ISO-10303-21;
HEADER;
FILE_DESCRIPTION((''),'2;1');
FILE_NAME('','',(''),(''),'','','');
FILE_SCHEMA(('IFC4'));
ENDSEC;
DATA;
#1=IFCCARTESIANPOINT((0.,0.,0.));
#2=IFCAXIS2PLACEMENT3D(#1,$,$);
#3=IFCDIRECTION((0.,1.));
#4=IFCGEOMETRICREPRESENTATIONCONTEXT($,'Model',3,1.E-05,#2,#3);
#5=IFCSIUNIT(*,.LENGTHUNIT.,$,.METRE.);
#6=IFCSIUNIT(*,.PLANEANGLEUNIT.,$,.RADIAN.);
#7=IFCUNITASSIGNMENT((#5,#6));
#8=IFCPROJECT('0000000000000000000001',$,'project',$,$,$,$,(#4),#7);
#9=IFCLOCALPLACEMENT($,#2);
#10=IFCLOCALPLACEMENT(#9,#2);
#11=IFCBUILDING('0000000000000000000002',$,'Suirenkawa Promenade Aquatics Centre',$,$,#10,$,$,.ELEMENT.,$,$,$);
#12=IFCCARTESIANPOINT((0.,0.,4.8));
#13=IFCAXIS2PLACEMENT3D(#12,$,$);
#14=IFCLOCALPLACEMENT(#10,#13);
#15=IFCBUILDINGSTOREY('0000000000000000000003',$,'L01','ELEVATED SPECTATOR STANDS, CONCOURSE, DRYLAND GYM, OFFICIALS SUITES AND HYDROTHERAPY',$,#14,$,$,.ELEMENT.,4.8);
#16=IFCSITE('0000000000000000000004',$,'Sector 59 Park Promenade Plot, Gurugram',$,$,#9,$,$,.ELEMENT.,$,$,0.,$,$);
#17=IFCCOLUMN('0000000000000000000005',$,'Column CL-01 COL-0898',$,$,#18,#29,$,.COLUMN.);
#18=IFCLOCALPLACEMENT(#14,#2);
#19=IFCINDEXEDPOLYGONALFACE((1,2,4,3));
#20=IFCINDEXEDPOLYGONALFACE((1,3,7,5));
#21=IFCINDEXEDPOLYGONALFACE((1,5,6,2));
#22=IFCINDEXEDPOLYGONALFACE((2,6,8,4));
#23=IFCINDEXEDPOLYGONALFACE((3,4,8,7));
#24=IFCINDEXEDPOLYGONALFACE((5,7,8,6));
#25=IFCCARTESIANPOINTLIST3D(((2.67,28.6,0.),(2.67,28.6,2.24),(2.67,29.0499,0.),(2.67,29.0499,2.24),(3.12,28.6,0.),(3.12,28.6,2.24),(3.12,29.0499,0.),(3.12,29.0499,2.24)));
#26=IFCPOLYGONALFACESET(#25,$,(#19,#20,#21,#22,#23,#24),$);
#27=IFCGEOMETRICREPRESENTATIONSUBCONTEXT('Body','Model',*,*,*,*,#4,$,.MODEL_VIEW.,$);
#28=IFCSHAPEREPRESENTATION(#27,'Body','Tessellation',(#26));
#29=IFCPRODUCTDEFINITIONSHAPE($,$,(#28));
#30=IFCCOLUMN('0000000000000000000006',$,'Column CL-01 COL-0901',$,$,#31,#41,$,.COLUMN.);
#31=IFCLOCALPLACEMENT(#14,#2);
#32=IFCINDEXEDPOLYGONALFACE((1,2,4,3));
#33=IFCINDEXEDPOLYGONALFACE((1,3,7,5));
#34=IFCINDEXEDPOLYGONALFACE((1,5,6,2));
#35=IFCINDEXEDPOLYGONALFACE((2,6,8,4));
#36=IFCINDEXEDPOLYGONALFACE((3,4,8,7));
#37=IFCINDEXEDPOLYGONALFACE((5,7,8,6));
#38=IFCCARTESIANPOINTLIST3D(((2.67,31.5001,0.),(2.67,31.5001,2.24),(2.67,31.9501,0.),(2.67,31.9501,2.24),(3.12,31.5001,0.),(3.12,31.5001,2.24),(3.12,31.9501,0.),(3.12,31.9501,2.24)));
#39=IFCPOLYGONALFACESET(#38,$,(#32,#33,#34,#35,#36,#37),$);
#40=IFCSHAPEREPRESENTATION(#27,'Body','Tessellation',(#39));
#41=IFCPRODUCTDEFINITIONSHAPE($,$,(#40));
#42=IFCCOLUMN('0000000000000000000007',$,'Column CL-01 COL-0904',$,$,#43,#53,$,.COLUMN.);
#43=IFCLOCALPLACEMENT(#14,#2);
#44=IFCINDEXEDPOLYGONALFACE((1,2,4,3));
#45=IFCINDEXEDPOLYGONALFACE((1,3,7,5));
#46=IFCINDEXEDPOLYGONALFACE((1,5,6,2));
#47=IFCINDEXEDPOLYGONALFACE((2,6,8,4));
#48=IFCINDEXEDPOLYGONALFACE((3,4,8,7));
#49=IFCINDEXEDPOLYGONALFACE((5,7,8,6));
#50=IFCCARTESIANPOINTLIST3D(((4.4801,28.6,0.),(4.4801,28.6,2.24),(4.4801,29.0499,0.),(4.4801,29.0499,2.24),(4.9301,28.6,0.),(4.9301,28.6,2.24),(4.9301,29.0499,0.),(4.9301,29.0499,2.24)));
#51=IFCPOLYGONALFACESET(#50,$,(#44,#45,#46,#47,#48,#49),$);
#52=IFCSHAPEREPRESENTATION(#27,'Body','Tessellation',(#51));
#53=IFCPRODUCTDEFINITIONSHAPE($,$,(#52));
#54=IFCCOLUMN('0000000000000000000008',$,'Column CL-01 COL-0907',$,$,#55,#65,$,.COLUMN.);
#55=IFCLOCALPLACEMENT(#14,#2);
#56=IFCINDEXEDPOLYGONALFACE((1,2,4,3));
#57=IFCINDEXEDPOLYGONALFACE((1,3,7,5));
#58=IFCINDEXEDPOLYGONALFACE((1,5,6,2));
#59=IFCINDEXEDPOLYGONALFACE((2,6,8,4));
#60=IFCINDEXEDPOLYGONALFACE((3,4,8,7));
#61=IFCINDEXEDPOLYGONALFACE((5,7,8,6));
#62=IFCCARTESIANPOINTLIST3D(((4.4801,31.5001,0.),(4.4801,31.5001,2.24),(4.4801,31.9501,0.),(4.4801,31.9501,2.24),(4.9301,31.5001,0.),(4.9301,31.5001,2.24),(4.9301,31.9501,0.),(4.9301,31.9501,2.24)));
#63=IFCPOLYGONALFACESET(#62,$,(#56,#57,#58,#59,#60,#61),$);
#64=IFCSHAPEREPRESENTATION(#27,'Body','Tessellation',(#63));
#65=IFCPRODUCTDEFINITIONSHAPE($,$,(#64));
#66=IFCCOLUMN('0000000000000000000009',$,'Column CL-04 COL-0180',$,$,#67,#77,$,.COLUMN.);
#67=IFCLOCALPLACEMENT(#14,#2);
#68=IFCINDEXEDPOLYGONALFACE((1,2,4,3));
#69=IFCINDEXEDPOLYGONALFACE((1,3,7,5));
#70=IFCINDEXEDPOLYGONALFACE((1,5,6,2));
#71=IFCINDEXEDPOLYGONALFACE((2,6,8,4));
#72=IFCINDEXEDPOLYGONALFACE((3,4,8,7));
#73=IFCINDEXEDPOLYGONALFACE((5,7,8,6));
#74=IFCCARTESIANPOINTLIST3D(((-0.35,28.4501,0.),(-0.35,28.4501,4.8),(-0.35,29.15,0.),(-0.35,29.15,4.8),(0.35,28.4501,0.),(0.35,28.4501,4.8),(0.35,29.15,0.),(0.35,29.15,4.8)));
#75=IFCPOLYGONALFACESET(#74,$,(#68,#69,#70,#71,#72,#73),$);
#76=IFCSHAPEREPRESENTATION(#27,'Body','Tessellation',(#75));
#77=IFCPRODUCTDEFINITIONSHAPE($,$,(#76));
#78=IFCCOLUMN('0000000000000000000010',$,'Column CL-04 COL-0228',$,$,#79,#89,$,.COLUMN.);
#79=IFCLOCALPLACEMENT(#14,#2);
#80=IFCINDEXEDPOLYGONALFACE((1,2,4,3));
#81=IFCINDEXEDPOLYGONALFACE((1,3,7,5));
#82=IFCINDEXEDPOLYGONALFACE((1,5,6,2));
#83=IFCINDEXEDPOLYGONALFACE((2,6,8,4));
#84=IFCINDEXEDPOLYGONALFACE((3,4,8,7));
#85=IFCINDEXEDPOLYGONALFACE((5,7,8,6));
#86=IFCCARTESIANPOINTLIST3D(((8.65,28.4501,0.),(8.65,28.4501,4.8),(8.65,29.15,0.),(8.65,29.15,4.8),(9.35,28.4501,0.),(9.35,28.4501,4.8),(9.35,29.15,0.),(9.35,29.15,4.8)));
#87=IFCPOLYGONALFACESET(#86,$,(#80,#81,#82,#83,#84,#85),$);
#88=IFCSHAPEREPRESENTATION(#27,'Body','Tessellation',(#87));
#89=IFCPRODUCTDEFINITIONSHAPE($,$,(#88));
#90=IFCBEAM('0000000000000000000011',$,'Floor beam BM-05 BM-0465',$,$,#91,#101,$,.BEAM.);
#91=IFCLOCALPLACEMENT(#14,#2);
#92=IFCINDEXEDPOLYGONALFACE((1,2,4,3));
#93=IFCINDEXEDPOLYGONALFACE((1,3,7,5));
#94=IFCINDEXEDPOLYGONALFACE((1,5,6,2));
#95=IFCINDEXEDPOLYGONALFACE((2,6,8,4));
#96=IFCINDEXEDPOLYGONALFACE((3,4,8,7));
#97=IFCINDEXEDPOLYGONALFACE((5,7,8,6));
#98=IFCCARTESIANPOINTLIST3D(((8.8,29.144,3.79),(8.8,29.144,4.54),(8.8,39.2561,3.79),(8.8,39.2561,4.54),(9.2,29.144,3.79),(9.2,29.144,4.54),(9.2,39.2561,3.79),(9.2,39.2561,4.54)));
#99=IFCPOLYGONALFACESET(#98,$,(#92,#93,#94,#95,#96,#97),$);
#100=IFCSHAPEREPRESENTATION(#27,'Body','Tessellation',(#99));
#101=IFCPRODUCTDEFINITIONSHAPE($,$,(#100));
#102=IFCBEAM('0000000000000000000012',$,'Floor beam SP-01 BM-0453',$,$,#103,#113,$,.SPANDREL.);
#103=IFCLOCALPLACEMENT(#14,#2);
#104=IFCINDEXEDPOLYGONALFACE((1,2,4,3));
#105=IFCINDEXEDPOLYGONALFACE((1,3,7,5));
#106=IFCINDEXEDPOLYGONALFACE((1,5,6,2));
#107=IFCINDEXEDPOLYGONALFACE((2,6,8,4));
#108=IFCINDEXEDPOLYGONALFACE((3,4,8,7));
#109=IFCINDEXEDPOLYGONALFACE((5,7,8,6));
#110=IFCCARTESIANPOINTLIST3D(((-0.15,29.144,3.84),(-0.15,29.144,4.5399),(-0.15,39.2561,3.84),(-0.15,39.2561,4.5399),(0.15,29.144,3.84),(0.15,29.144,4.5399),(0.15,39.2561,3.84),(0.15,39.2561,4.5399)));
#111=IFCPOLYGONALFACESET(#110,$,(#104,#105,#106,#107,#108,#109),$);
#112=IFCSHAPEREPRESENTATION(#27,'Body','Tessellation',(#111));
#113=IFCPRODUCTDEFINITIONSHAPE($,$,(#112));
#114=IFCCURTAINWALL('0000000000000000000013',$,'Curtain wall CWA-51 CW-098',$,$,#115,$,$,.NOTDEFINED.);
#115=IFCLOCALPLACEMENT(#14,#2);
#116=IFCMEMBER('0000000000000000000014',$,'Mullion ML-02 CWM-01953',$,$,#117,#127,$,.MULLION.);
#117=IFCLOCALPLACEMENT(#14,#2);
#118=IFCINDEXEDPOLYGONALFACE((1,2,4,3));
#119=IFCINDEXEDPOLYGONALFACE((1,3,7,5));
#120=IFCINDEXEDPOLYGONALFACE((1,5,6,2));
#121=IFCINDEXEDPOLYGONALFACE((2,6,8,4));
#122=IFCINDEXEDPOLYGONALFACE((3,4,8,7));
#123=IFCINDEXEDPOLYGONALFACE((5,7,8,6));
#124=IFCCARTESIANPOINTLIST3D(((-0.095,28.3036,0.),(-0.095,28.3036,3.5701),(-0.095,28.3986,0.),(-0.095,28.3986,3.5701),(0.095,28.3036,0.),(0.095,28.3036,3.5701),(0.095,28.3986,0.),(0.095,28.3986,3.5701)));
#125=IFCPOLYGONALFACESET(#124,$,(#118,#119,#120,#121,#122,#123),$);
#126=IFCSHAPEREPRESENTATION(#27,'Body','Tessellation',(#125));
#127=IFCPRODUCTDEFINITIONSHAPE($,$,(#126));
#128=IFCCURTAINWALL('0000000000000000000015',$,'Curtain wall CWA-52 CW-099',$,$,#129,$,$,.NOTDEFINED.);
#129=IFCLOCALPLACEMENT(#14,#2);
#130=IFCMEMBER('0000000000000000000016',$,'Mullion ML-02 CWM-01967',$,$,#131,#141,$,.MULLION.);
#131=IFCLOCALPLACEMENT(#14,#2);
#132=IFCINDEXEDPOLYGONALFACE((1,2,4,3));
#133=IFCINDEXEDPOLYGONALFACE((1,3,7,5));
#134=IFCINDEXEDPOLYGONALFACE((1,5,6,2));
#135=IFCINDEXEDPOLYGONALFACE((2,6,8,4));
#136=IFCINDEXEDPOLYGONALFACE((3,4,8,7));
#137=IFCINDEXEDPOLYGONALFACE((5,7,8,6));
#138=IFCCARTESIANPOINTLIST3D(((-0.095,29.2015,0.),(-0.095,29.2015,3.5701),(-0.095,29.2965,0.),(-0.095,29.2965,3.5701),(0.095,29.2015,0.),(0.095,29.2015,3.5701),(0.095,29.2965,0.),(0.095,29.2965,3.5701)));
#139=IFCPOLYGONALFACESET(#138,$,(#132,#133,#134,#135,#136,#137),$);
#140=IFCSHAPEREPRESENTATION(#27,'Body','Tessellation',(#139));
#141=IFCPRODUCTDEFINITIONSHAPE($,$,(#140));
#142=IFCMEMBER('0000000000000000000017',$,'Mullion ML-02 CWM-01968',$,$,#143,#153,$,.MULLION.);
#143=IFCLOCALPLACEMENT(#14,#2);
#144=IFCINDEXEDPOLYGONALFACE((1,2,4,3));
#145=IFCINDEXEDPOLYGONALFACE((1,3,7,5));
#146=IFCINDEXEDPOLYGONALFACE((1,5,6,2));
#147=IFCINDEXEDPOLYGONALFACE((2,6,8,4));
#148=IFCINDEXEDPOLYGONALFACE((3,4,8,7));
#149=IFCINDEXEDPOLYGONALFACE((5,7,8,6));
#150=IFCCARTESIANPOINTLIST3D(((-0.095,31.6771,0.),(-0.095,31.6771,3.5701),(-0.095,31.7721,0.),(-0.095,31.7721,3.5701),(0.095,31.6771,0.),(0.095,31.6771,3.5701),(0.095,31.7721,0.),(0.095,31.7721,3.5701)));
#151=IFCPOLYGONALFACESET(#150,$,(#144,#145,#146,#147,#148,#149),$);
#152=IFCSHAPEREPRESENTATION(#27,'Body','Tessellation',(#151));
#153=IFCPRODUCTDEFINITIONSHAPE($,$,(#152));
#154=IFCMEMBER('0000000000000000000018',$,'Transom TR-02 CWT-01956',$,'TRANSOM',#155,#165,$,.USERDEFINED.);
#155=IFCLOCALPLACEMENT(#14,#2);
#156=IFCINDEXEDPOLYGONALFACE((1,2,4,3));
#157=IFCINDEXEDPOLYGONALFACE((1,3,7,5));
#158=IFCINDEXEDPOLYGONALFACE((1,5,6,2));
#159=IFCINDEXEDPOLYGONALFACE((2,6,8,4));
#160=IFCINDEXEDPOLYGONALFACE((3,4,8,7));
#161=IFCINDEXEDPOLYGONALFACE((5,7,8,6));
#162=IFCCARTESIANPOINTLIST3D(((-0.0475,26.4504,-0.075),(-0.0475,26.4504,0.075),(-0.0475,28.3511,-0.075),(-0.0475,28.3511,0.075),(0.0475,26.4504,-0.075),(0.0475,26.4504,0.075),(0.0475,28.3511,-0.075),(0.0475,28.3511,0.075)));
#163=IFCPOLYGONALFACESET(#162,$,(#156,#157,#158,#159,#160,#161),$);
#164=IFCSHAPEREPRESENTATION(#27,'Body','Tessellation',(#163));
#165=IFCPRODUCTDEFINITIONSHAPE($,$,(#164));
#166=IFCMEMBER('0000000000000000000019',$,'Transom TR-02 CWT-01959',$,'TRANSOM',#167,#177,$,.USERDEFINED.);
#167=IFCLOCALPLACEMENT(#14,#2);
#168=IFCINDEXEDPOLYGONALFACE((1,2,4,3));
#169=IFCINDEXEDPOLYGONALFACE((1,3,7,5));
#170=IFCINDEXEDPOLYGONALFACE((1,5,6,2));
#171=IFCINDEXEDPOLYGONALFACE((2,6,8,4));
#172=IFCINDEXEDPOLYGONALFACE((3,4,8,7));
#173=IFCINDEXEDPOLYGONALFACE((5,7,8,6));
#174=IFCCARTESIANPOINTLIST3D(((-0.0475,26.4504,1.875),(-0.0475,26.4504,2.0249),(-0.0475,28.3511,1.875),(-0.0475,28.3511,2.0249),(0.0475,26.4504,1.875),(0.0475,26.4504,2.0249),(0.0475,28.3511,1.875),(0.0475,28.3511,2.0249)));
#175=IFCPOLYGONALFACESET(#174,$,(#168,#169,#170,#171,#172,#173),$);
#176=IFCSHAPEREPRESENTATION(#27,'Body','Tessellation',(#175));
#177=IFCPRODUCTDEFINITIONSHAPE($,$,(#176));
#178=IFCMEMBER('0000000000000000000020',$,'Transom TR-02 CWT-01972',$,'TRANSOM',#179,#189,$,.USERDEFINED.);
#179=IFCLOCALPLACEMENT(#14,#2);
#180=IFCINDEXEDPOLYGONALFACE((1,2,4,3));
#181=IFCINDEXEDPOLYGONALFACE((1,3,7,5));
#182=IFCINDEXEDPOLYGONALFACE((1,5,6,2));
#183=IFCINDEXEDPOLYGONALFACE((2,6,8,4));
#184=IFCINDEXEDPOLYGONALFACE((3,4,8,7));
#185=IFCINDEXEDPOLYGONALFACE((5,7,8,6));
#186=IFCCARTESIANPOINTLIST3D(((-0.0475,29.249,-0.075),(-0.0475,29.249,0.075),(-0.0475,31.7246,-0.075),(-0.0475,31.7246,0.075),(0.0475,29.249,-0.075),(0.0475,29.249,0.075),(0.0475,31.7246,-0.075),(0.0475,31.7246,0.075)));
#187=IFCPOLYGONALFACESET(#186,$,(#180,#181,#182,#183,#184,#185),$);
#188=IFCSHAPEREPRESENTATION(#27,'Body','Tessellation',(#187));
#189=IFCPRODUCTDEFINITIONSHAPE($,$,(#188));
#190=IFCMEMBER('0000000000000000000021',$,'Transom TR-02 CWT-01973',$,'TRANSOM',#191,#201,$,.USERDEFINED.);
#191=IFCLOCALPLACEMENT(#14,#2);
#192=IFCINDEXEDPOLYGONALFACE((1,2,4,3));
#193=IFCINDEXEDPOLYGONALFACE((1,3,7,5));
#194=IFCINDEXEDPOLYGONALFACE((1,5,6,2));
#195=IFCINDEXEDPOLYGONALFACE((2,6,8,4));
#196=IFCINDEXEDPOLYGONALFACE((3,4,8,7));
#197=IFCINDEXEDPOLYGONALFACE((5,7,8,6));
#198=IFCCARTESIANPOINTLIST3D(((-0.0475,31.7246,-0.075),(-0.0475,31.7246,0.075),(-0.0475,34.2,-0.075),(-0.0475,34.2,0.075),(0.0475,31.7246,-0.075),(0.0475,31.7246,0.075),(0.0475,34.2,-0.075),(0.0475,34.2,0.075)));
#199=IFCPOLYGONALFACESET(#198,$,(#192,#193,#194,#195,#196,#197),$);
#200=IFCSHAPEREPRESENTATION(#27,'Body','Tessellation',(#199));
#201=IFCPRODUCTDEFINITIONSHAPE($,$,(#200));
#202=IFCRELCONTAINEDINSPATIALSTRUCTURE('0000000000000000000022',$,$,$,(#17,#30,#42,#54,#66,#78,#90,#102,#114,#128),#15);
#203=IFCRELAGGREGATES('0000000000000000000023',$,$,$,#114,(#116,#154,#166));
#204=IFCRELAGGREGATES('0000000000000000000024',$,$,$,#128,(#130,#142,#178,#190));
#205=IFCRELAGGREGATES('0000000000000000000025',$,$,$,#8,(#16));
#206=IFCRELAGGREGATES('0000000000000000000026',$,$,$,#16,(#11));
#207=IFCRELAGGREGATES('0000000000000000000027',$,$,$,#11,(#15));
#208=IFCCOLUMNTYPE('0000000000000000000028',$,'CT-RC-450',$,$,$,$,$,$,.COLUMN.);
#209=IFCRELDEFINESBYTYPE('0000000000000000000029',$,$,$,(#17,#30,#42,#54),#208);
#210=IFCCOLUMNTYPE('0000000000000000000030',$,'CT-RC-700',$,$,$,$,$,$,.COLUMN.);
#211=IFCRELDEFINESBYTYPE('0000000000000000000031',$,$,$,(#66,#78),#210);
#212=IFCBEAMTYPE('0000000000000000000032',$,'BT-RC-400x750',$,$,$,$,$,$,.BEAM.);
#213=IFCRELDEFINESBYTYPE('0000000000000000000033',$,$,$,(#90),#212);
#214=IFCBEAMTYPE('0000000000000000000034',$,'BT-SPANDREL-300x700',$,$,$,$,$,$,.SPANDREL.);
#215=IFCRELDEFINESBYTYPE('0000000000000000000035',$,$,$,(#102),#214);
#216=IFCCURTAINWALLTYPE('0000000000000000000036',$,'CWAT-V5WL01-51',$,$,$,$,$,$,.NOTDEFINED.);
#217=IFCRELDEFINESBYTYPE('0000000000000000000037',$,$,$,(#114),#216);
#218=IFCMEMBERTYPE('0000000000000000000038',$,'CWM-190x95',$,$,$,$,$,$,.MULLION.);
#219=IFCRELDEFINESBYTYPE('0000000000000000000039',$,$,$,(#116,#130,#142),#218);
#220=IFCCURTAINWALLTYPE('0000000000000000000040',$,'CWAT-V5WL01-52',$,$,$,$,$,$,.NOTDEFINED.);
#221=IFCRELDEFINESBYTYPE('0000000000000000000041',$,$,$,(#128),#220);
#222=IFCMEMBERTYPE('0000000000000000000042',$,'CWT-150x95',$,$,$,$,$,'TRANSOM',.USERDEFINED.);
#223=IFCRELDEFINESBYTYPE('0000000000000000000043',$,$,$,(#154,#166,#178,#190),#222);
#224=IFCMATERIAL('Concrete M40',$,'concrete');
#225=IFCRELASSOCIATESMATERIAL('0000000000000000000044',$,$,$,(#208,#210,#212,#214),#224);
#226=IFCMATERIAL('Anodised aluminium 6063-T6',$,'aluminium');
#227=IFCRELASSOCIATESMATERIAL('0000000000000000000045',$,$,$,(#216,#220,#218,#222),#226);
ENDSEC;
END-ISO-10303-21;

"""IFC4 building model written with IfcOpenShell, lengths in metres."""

from ifc_helpers import new_model, si_unit, direction, frame, origin, origin_2d, place, context, subcontext, project, spatial, rectangle, extrude, material, material_profile, profile_set, type_object, element, aggregate, save


model = new_model("IFC4")

# Units and contexts
model_context = context("Model", 3, precision=1e-05, world=origin(), true_north=direction((0.0, 1.0)))
body_context = subcontext(model_context, "Body", "Model", "MODEL_VIEW")
ifc_project = project(units=[si_unit("LENGTHUNIT", "METRE"), si_unit("PLANEANGLEUNIT", "RADIAN")], contexts=[model_context])

# Site, building, storey
site_placement = place(None, origin())
site = spatial("IfcSite", under=ifc_project, at=site_placement, Name="Sector 59 Park Promenade Plot, Gurugram", CompositionType="ELEMENT", RefElevation=0.0)
building_placement = place(site_placement, origin())
building = spatial("IfcBuilding", under=site, at=building_placement, Name="Suirenkawa Promenade Aquatics Centre", CompositionType="ELEMENT")
storey_placement = place(building_placement, frame((0.0, 0.0, 4.8)))
storey = spatial("IfcBuildingStorey", under=building, at=storey_placement, Name="L01", Description="ELEVATED SPECTATOR STANDS, CONCOURSE, DRYLAND GYM, OFFICIALS SUITES AND HYDROTHERAPY", CompositionType="ELEMENT", Elevation=4.8)

# Columns
ifc_material_1 = material(Name="Concrete M40", Category="concrete")
ifc_material_profile_1 = material_profile(ifc_material_1, rectangle(XDim=0.45, YDim=0.45, at=origin_2d()), Name="RC COL 450x450", Category="concrete")
ifc_profile_set_1 = profile_set([ifc_material_profile_1], Name="Concrete M40")
column_type_1 = type_object("IfcColumnType", Name="CT-RC-450", PredefinedType="COLUMN", material=ifc_profile_set_1)
for number, where, z_axis, x_axis, name in (
    (1, (2.895, 28.825, 0.0), (0.0, 0.0, 1.0), (1.0, 0.0, 0.0), "Column CL-01 COL-0898"),
    (2, (2.895, 31.7251, 0.0), (0.0, 0.0, 1.0), (1.0, 0.0, 0.0), "Column CL-01 COL-0901"),
    (3, (4.7051, 28.825, 0.0), (0.0, 0.0, 1.0), (1.0, 0.0, 0.0), "Column CL-01 COL-0904"),
    (4, (4.7051, 31.7251, 0.0), (0.0, 0.0, 1.0), (1.0, 0.0, 0.0), "Column CL-01 COL-0907"),
):
    element("IfcColumn", number, at=place(storey_placement, frame(where, z_axis=z_axis, x_axis=x_axis)), inside=storey, type_object=column_type_1, Name=name, PredefinedType="COLUMN", context=body_context, shape_type="SweptSolid", body=[
        extrude(rectangle(XDim=0.45, YDim=0.45, at=origin_2d()), origin(), (0.0, 0.0, 1.0), 2.24),
    ])
ifc_material_profile_2 = material_profile(ifc_material_1, rectangle(XDim=0.7, YDim=0.7, at=origin_2d()), Name="RC COL 700x700", Category="concrete")
ifc_profile_set_2 = profile_set([ifc_material_profile_2], Name="Concrete M40")
column_type_2 = type_object("IfcColumnType", Name="CT-RC-700", PredefinedType="COLUMN", material=ifc_profile_set_2)
for number, where, z_axis, x_axis, name in (
    (5, (0.0, 28.8, 0.0), (0.0, 0.0, 1.0), (1.0, 0.0, 0.0), "Column CL-04 COL-0180"),
    (6, (9.0, 28.8, 0.0), (0.0, 0.0, 1.0), (1.0, 0.0, 0.0), "Column CL-04 COL-0228"),
):
    element("IfcColumn", number, at=place(storey_placement, frame(where, z_axis=z_axis, x_axis=x_axis)), inside=storey, type_object=column_type_2, Name=name, PredefinedType="COLUMN", context=body_context, shape_type="SweptSolid", body=[
        extrude(rectangle(XDim=0.7, YDim=0.7, at=origin_2d()), origin(), (0.0, 0.0, 1.0), 4.8),
    ])

# Beams
ifc_material_profile_3 = material_profile(ifc_material_1, rectangle(XDim=0.3999, YDim=0.75, at=origin_2d()), Name="RC BM 400x750", Category="concrete")
ifc_profile_set_3 = profile_set([ifc_material_profile_3], Name="Concrete M40")
beam_type_1 = type_object("IfcBeamType", Name="BT-RC-400x750", PredefinedType="BEAM", material=ifc_profile_set_3)
beam_1_placement = place(storey_placement, frame((9.0, 29.144, 4.165), z_axis=(0.0, 1.0, 0.0), x_axis=(-1.0, 0.0, 0.0)))
element("IfcBeam", 7, at=beam_1_placement, inside=storey, type_object=beam_type_1, Name="Floor beam BM-05 BM-0465", PredefinedType="BEAM", context=body_context, shape_type="SweptSolid", body=[
    extrude(rectangle(XDim=0.3999, YDim=0.75, at=origin_2d()), origin(), (0.0, 0.0, 1.0), 10.1121),
])
ifc_material_profile_4 = material_profile(ifc_material_1, rectangle(XDim=0.3, YDim=0.7, at=origin_2d()), Name="RC SPANDREL 300x700", Category="concrete")
ifc_profile_set_4 = profile_set([ifc_material_profile_4], Name="Concrete M40")
beam_type_2 = type_object("IfcBeamType", Name="BT-SPANDREL-300x700", PredefinedType="SPANDREL", material=ifc_profile_set_4)
beam_2_placement = place(storey_placement, frame((0.0, 29.144, 4.1899), z_axis=(0.0, 1.0, 0.0), x_axis=(-1.0, 0.0, 0.0)))
element("IfcBeam", 8, at=beam_2_placement, inside=storey, type_object=beam_type_2, Name="Floor beam SP-01 BM-0453", PredefinedType="SPANDREL", context=body_context, shape_type="SweptSolid", body=[
    extrude(rectangle(XDim=0.3, YDim=0.7, at=origin_2d()), origin(), (0.0, 0.0, 1.0), 10.1121),
])

# Curtain wall, member
ifc_material_2 = material(Name="Anodised aluminium 6063-T6", Category="aluminium")
curtain_wall_type_1 = type_object("IfcCurtainWallType", Name="CWAT-V5WL01-51", PredefinedType="NOTDEFINED", material=ifc_material_2)
curtain_wall_1_placement = place(storey_placement, origin())
curtain_wall_1 = element("IfcCurtainWall", 9, at=curtain_wall_1_placement, inside=storey, type_object=curtain_wall_type_1, Name="Curtain wall CWA-51 CW-098", PredefinedType="NOTDEFINED")
ifc_material_profile_5 = material_profile(ifc_material_2, rectangle(XDim=0.095, YDim=0.1899, at=origin_2d()), Name="ALU MULL 95x190", Category="aluminium")
ifc_profile_set_5 = profile_set([ifc_material_profile_5], Name="Anodised aluminium 6063-T6")
member_type_1 = type_object("IfcMemberType", Name="CWM-190x95", PredefinedType="MULLION", material=ifc_profile_set_5)
member_1_placement = place(storey_placement, frame((0.0, 28.3511, 0.0), z_axis=(0.0, 0.0, 1.0), x_axis=(0.0, 1.0, 0.0)))
member_1 = element("IfcMember", 10, at=member_1_placement, type_object=member_type_1, Name="Mullion ML-02 CWM-01953", PredefinedType="MULLION", context=body_context, shape_type="SweptSolid", body=[
    extrude(rectangle(XDim=0.095, YDim=0.1899, at=origin_2d()), origin(), (0.0, 0.0, 1.0), 3.5701),
])

# Curtain wall, members
curtain_wall_type_2 = type_object("IfcCurtainWallType", Name="CWAT-V5WL01-52", PredefinedType="NOTDEFINED", material=ifc_material_2)
curtain_wall_2_placement = place(storey_placement, origin())
curtain_wall_2 = element("IfcCurtainWall", 11, at=curtain_wall_2_placement, inside=storey, type_object=curtain_wall_type_2, Name="Curtain wall CWA-52 CW-099", PredefinedType="NOTDEFINED")
member_2_placement = place(storey_placement, frame((0.0, 29.249, 0.0), z_axis=(0.0, 0.0, 1.0), x_axis=(0.0, 1.0, 0.0)))
member_2 = element("IfcMember", 12, at=member_2_placement, type_object=member_type_1, Name="Mullion ML-02 CWM-01967", PredefinedType="MULLION", context=body_context, shape_type="SweptSolid", body=[
    extrude(rectangle(XDim=0.095, YDim=0.1899, at=origin_2d()), origin(), (0.0, 0.0, 1.0), 3.5701),
])
member_3_placement = place(storey_placement, frame((0.0, 31.7246, 0.0), z_axis=(0.0, 0.0, 1.0), x_axis=(0.0, 1.0, 0.0)))
member_3 = element("IfcMember", 13, at=member_3_placement, type_object=member_type_1, Name="Mullion ML-02 CWM-01968", PredefinedType="MULLION", context=body_context, shape_type="SweptSolid", body=[
    extrude(rectangle(XDim=0.095, YDim=0.1899, at=origin_2d()), origin(), (0.0, 0.0, 1.0), 3.5701),
])

# Members
ifc_material_profile_6 = material_profile(ifc_material_2, rectangle(XDim=0.095, YDim=0.1499, at=origin_2d()), Name="ALU TRAN 95x150", Category="aluminium")
ifc_profile_set_6 = profile_set([ifc_material_profile_6], Name="Anodised aluminium 6063-T6")
member_type_2 = type_object("IfcMemberType", Name="CWT-150x95", ElementType="TRANSOM", PredefinedType="USERDEFINED", material=ifc_profile_set_6)
member_4_placement = place(storey_placement, frame((0.0, 26.4504, 0.0), z_axis=(0.0, 1.0, 0.0), x_axis=(-1.0, 0.0, 0.0)))
member_4 = element("IfcMember", 14, at=member_4_placement, type_object=member_type_2, Name="Transom TR-02 CWT-01956", ObjectType="TRANSOM", PredefinedType="USERDEFINED", context=body_context, shape_type="SweptSolid", body=[
    extrude(rectangle(XDim=0.095, YDim=0.1499, at=origin_2d()), origin(), (0.0, 0.0, 1.0), 1.9006),
])
member_5_placement = place(storey_placement, frame((0.0, 26.4504, 1.95), z_axis=(0.0, 1.0, 0.0), x_axis=(-1.0, 0.0, 0.0)))
member_5 = element("IfcMember", 15, at=member_5_placement, type_object=member_type_2, Name="Transom TR-02 CWT-01959", ObjectType="TRANSOM", PredefinedType="USERDEFINED", context=body_context, shape_type="SweptSolid", body=[
    extrude(rectangle(XDim=0.095, YDim=0.1499, at=origin_2d()), origin(), (0.0, 0.0, 1.0), 1.9006),
])
member_6_placement = place(storey_placement, frame((0.0, 29.249, 0.0), z_axis=(0.0, 1.0, 0.0), x_axis=(-1.0, 0.0, 0.0)))
member_6 = element("IfcMember", 16, at=member_6_placement, type_object=member_type_2, Name="Transom TR-02 CWT-01972", ObjectType="TRANSOM", PredefinedType="USERDEFINED", context=body_context, shape_type="SweptSolid", body=[
    extrude(rectangle(XDim=0.095, YDim=0.1499, at=origin_2d()), origin(), (0.0, 0.0, 1.0), 2.4756),
])
member_7_placement = place(storey_placement, frame((0.0, 31.7246, 0.0), z_axis=(0.0, 1.0, 0.0), x_axis=(-1.0, 0.0, 0.0)))
member_7 = element("IfcMember", 17, at=member_7_placement, type_object=member_type_2, Name="Transom TR-02 CWT-01973", ObjectType="TRANSOM", PredefinedType="USERDEFINED", context=body_context, shape_type="SweptSolid", body=[
    extrude(rectangle(XDim=0.095, YDim=0.1499, at=origin_2d()), origin(), (0.0, 0.0, 1.0), 2.4753),
])

aggregate(curtain_wall_1, [member_1, member_4, member_5])
aggregate(curtain_wall_2, [member_2, member_3, member_6, member_7])

save(model, "model.ifc")
